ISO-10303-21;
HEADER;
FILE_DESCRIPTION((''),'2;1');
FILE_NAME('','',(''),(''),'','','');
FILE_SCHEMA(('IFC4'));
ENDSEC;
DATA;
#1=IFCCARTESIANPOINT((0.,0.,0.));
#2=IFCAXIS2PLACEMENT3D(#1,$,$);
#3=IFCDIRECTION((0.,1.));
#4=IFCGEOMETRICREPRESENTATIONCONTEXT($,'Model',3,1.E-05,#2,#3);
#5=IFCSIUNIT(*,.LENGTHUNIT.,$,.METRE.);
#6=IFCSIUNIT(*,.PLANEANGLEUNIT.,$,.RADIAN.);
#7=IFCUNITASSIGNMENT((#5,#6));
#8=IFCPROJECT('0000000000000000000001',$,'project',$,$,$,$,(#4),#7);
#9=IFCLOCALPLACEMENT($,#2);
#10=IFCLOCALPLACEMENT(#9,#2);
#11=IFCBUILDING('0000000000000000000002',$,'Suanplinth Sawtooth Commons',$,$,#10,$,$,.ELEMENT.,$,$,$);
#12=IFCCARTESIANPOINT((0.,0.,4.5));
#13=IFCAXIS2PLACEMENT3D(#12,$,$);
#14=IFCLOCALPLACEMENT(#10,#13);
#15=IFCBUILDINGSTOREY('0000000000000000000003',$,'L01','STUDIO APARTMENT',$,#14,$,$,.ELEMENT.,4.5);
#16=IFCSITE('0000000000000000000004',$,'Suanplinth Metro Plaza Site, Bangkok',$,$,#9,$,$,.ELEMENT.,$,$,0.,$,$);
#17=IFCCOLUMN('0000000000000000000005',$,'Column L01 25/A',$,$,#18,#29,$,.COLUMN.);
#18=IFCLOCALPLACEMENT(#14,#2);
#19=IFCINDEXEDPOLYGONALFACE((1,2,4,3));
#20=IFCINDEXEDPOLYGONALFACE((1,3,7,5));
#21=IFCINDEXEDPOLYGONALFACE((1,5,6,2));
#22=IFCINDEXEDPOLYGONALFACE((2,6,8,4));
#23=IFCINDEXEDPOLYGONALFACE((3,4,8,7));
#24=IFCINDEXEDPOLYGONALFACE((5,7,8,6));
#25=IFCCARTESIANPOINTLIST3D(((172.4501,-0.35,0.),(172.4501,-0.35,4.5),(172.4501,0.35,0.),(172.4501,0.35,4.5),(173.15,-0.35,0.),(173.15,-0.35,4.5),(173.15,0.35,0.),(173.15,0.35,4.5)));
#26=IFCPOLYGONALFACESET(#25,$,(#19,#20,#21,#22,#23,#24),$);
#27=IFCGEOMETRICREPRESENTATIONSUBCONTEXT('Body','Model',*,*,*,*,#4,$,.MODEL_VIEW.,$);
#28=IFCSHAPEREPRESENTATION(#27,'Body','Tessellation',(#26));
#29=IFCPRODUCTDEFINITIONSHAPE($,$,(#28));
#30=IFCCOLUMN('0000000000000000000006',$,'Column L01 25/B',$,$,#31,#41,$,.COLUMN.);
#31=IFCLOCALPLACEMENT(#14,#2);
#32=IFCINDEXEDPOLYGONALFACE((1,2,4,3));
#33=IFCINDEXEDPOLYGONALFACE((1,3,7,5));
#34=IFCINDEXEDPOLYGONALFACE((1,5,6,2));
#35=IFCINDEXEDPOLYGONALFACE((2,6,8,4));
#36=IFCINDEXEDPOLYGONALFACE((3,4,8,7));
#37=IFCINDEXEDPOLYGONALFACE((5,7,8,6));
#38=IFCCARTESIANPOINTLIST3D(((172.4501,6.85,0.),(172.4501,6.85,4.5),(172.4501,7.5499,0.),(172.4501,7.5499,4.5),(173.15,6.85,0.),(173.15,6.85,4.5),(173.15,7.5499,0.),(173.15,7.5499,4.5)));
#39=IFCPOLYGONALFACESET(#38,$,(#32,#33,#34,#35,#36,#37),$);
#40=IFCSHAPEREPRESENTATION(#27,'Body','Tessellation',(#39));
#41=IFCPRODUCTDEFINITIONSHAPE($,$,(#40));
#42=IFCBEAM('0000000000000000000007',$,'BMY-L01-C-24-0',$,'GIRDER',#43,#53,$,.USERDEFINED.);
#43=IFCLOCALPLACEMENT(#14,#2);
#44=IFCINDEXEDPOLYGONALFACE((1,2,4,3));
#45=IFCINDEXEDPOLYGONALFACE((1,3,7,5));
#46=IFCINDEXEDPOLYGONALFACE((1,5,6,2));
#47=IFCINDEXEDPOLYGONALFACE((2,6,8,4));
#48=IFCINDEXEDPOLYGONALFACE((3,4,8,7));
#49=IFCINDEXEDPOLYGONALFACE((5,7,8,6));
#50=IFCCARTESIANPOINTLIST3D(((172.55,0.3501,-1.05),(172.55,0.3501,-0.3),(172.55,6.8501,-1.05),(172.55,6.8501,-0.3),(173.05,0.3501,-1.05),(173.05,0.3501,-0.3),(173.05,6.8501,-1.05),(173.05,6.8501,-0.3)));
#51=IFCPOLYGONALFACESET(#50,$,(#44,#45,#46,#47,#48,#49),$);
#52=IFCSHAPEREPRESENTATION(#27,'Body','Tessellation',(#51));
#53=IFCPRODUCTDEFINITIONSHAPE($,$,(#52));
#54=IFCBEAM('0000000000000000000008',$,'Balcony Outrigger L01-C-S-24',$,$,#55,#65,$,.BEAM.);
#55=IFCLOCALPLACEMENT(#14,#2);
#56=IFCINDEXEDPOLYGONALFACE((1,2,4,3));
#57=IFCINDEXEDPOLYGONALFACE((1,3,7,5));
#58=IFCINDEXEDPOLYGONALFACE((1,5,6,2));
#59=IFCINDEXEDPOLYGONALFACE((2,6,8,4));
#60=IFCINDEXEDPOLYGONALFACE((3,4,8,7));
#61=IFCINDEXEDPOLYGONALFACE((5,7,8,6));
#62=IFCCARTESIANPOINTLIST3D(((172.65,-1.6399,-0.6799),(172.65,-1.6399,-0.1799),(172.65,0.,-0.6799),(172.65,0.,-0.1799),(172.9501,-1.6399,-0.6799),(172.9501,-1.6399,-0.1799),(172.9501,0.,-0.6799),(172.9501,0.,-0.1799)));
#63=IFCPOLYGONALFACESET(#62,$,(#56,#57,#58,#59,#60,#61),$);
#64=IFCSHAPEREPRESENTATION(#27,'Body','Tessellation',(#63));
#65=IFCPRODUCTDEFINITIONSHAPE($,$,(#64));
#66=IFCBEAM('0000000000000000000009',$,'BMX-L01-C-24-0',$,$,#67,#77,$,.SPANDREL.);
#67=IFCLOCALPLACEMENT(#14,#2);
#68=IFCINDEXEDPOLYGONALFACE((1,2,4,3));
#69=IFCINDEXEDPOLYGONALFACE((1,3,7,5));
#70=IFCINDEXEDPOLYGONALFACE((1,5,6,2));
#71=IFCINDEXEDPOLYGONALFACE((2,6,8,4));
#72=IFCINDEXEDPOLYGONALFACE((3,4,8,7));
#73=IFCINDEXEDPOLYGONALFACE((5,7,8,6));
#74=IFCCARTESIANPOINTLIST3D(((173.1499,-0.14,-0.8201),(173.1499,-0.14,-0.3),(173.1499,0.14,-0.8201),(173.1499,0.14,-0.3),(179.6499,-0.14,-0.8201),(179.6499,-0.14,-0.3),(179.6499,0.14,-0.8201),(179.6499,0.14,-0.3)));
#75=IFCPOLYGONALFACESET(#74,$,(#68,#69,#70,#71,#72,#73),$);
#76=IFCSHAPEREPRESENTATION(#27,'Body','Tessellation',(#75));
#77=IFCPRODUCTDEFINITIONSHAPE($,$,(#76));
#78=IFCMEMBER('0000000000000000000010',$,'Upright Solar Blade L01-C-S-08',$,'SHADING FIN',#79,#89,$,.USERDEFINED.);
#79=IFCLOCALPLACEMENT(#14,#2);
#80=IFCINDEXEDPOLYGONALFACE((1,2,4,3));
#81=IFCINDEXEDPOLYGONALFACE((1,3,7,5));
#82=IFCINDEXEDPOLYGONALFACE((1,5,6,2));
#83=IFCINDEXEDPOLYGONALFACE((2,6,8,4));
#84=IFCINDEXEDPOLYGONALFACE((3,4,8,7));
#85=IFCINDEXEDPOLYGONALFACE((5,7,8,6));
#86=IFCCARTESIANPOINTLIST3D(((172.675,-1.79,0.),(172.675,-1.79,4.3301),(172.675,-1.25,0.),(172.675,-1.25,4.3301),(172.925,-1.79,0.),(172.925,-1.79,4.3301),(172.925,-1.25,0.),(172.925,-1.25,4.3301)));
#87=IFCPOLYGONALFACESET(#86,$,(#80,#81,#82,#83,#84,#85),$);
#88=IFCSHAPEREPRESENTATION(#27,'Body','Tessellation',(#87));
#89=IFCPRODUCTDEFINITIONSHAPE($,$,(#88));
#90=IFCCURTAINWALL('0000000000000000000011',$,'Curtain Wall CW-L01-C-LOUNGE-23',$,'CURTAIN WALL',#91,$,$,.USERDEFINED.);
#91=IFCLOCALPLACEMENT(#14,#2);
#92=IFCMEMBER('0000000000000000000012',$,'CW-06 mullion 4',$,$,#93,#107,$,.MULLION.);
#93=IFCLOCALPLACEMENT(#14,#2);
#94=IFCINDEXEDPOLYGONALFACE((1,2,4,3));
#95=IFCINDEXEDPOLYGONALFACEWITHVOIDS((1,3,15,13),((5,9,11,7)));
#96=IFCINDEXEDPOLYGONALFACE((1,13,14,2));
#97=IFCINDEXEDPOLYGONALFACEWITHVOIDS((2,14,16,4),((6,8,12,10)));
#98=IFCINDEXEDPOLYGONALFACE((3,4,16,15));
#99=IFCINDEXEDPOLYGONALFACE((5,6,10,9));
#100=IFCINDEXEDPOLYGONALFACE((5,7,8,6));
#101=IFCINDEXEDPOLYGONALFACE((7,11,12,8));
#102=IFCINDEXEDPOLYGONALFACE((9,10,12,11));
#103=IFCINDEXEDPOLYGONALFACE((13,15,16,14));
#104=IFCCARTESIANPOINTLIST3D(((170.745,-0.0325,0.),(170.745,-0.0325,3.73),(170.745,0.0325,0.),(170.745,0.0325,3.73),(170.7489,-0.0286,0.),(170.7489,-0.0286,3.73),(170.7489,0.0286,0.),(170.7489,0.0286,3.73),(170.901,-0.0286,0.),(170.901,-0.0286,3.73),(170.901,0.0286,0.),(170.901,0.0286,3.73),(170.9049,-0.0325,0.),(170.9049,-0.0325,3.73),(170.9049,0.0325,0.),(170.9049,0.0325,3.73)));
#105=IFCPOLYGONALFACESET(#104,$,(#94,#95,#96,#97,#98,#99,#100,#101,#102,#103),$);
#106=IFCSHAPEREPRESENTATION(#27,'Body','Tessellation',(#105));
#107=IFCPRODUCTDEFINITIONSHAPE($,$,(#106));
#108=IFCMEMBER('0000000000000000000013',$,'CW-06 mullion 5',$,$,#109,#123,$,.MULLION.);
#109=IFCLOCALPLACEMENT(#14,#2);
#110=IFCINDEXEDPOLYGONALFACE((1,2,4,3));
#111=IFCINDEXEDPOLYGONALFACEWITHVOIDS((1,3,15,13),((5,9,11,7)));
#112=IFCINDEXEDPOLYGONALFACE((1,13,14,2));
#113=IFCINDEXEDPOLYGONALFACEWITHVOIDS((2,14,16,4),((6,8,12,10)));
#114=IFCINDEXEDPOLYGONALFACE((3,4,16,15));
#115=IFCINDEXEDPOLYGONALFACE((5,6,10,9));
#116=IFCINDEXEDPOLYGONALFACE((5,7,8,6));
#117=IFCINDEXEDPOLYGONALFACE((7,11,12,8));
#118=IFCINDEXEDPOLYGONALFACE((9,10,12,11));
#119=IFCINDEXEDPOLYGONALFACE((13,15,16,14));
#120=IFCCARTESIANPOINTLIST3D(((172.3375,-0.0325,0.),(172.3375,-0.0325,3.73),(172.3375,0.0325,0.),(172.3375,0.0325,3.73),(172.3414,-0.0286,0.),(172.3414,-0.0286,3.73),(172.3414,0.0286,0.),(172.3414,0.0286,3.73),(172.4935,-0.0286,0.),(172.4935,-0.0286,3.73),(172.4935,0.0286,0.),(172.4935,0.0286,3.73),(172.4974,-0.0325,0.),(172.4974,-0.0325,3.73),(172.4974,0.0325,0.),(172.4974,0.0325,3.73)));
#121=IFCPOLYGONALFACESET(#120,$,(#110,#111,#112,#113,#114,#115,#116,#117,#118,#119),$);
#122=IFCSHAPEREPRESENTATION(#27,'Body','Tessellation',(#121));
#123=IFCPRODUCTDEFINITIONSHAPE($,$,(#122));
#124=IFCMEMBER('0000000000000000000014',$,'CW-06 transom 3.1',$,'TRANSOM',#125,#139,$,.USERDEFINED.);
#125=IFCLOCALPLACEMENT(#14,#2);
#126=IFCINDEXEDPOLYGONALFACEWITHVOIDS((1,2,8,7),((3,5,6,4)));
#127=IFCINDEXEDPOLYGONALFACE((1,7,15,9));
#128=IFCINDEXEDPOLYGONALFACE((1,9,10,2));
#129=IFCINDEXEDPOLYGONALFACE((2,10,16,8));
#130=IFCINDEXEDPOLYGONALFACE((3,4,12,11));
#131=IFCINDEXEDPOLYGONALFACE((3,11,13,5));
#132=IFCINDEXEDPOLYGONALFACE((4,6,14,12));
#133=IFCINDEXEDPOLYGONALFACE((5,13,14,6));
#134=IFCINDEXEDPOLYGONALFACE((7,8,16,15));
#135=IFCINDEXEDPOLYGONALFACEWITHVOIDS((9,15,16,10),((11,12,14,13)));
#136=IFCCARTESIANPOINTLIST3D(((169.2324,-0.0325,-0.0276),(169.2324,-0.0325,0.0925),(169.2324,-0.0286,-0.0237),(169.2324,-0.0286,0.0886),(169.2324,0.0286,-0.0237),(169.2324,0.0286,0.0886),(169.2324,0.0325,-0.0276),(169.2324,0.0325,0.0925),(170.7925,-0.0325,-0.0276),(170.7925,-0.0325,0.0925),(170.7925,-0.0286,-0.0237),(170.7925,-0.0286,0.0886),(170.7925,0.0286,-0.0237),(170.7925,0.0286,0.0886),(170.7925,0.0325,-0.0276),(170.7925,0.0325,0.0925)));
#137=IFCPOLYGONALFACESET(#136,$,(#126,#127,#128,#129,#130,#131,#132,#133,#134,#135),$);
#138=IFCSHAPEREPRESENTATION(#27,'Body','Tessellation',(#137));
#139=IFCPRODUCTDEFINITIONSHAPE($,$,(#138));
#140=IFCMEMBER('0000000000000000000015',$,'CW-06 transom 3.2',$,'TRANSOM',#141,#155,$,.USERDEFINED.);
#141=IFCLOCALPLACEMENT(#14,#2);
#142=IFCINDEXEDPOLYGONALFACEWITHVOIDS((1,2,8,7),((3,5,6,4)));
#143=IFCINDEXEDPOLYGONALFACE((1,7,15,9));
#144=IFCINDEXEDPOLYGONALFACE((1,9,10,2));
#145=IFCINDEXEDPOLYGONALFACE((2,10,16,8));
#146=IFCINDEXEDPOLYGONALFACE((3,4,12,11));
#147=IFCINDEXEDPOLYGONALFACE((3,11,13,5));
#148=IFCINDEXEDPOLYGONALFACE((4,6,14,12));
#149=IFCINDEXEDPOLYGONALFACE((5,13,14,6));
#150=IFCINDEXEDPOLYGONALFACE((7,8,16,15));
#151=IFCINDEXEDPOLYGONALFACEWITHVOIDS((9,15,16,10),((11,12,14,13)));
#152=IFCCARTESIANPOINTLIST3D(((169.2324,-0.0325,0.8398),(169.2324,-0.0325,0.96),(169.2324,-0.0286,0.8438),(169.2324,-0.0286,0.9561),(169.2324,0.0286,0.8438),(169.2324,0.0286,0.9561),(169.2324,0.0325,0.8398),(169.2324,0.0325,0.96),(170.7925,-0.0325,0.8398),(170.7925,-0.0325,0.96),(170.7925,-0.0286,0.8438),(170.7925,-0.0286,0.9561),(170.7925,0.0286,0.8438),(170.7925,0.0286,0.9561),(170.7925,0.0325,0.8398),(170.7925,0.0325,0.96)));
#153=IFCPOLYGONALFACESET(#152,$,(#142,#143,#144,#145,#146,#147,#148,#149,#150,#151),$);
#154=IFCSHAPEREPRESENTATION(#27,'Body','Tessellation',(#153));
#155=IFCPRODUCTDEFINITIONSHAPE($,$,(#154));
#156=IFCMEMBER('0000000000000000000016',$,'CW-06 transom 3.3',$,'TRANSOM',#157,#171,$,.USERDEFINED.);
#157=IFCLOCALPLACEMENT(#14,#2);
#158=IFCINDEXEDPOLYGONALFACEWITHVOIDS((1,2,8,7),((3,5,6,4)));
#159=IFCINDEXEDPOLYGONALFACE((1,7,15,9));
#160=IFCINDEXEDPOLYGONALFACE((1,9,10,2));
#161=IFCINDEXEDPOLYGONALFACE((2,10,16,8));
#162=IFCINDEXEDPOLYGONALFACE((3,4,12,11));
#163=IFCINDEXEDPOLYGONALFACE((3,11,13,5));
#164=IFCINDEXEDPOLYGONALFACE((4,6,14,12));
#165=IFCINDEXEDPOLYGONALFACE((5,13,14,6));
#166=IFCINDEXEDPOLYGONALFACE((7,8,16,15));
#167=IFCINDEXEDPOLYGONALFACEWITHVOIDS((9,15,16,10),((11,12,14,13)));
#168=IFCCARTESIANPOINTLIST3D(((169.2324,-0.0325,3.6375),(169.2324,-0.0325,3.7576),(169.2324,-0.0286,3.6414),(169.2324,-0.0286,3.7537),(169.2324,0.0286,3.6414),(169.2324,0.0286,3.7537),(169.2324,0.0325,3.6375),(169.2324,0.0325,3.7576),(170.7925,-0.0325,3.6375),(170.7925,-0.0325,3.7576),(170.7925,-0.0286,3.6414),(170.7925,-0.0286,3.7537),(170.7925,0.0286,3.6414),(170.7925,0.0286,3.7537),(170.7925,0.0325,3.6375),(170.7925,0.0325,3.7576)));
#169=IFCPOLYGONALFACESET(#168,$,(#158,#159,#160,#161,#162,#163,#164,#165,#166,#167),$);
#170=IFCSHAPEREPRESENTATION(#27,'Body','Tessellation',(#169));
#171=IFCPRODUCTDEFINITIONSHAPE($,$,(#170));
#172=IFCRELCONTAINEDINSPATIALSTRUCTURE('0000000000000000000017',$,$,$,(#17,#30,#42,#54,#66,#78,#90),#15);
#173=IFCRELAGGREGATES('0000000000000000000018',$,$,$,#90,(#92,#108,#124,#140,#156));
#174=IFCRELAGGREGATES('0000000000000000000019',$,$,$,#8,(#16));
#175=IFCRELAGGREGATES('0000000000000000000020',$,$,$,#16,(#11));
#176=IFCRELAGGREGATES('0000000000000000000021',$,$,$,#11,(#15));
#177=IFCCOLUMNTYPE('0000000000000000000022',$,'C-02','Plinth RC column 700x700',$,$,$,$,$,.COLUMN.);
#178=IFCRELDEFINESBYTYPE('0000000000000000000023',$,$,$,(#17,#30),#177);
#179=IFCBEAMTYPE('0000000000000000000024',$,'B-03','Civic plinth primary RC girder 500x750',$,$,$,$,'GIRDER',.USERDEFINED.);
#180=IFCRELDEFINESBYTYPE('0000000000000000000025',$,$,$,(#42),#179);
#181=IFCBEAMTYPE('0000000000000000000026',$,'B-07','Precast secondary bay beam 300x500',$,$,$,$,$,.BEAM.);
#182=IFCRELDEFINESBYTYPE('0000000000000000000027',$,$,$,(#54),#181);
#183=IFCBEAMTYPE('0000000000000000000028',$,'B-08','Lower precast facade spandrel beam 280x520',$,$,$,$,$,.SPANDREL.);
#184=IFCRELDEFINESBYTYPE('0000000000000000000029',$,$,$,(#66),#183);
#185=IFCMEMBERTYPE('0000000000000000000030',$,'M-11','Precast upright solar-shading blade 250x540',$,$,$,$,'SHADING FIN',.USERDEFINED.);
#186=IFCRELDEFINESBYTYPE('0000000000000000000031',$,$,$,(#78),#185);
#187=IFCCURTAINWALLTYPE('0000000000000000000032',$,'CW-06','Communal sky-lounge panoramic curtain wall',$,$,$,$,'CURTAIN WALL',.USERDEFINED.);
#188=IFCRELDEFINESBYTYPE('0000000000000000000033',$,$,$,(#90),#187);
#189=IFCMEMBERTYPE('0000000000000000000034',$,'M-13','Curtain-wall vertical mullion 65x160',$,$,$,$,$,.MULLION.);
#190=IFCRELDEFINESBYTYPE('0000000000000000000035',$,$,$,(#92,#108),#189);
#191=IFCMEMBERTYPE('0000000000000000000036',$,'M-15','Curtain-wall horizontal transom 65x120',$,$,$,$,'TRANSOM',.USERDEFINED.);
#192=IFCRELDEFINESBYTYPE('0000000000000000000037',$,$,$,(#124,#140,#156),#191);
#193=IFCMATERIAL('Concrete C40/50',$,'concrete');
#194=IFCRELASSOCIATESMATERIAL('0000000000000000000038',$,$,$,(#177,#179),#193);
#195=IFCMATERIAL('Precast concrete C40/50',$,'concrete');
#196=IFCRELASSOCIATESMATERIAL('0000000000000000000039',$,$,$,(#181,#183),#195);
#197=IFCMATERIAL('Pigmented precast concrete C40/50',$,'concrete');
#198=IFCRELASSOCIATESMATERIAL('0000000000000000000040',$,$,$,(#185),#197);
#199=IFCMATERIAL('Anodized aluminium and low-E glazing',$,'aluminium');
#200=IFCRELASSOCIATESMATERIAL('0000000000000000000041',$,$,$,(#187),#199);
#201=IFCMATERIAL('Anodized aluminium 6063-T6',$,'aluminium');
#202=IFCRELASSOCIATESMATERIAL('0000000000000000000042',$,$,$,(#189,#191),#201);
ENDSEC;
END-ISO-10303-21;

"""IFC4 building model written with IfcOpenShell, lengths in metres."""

from ifc_helpers import new_model, si_unit, direction, frame, origin, origin_2d, place, context, subcontext, project, spatial, rectangle, hollow_rectangle, extrude, material, material_profile, profile_set, type_object, element, aggregate, save


model = new_model("IFC4")

# Units and contexts
model_context = context("Model", 3, precision=1e-05, world=origin(), true_north=direction((0.0, 1.0)))
body_context = subcontext(model_context, "Body", "Model", "MODEL_VIEW")
ifc_project = project(units=[si_unit("LENGTHUNIT", "METRE"), si_unit("PLANEANGLEUNIT", "RADIAN")], contexts=[model_context])

# Site, building, storey
site_placement = place(None, origin())
site = spatial("IfcSite", under=ifc_project, at=site_placement, Name="Suanplinth Metro Plaza Site, Bangkok", CompositionType="ELEMENT", RefElevation=0.0)
building_placement = place(site_placement, origin())
building = spatial("IfcBuilding", under=site, at=building_placement, Name="Suanplinth Sawtooth Commons", CompositionType="ELEMENT")
storey_placement = place(building_placement, frame((0.0, 0.0, 4.5)))
storey = spatial("IfcBuildingStorey", under=building, at=storey_placement, Name="L01", Description="STUDIO APARTMENT", CompositionType="ELEMENT", Elevation=4.5)

# Columns
ifc_material_1 = material(Name="Concrete C40/50", Category="concrete")
ifc_material_profile_1 = material_profile(ifc_material_1, rectangle(XDim=0.7, YDim=0.7, at=origin_2d()), Name="RC-COL 700x700")
ifc_profile_set_1 = profile_set([ifc_material_profile_1], Name="Concrete C40/50")
column_type = type_object("IfcColumnType", Name="C-02", Description="Plinth RC column 700x700", PredefinedType="COLUMN", material=ifc_profile_set_1)
for number, where, z_axis, x_axis, name in (
    (1, (172.8, 0.0, 0.0), (0.0, 0.0, 1.0), (1.0, 0.0, 0.0), "Column L01 25/A"),
    (2, (172.8, 7.2, 0.0), (0.0, 0.0, 1.0), (1.0, 0.0, 0.0), "Column L01 25/B"),
):
    element("IfcColumn", number, at=place(storey_placement, frame(where, z_axis=z_axis, x_axis=x_axis)), inside=storey, type_object=column_type, Name=name, PredefinedType="COLUMN", context=body_context, shape_type="SweptSolid", body=[
        extrude(rectangle(XDim=0.7, YDim=0.7, at=origin_2d()), origin(), (0.0, 0.0, 1.0), 4.5),
    ])

# Beams
ifc_material_profile_2 = material_profile(ifc_material_1, rectangle(XDim=0.5, YDim=0.75, at=origin_2d()), Name="RC-GDR 500x750")
ifc_profile_set_2 = profile_set([ifc_material_profile_2], Name="Concrete C40/50")
beam_type_1 = type_object("IfcBeamType", Name="B-03", Description="Civic plinth primary RC girder 500x750", ElementType="GIRDER", PredefinedType="USERDEFINED", material=ifc_profile_set_2)
beam_1_placement = place(storey_placement, frame((172.8, 0.3501, -0.675), z_axis=(0.0, 1.0, 0.0), x_axis=(-1.0, 0.0, 0.0)))
element("IfcBeam", 3, at=beam_1_placement, inside=storey, type_object=beam_type_1, Name="BMY-L01-C-24-0", ObjectType="GIRDER", PredefinedType="USERDEFINED", context=body_context, shape_type="SweptSolid", body=[
    extrude(rectangle(XDim=0.5, YDim=0.75, at=origin_2d()), origin(), (0.0, 0.0, 1.0), 6.5),
])
ifc_material_2 = material(Name="Precast concrete C40/50", Category="concrete")
ifc_material_profile_3 = material_profile(ifc_material_2, rectangle(XDim=0.3, YDim=0.5, at=origin_2d()), Name="PC-BM 300x500")
ifc_profile_set_3 = profile_set([ifc_material_profile_3], Name="Precast concrete C40/50")
beam_type_2 = type_object("IfcBeamType", Name="B-07", Description="Precast secondary bay beam 300x500", PredefinedType="BEAM", material=ifc_profile_set_3)
beam_2_placement = place(storey_placement, frame((172.8, 0.0, -0.4299), z_axis=(0.0, -1.0, 0.0), x_axis=(1.0, 0.0, 0.0)))
element("IfcBeam", 4, at=beam_2_placement, inside=storey, type_object=beam_type_2, Name="Balcony Outrigger L01-C-S-24", PredefinedType="BEAM", context=body_context, shape_type="SweptSolid", body=[
    extrude(rectangle(XDim=0.3, YDim=0.5, at=origin_2d()), origin(), (0.0, 0.0, 1.0), 1.6399),
])
ifc_material_profile_4 = material_profile(ifc_material_2, rectangle(XDim=0.28, YDim=0.52, at=origin_2d()), Name="PC-SP 280x520")
ifc_profile_set_4 = profile_set([ifc_material_profile_4], Name="Precast concrete C40/50")
beam_type_3 = type_object("IfcBeamType", Name="B-08", Description="Lower precast facade spandrel beam 280x520", PredefinedType="SPANDREL", material=ifc_profile_set_4)
beam_3_placement = place(storey_placement, frame((173.1499, 0.0, -0.5601), z_axis=(1.0, 0.0, 0.0), x_axis=(0.0, 1.0, 0.0)))
element("IfcBeam", 5, at=beam_3_placement, inside=storey, type_object=beam_type_3, Name="BMX-L01-C-24-0", PredefinedType="SPANDREL", context=body_context, shape_type="SweptSolid", body=[
    extrude(rectangle(XDim=0.28, YDim=0.52, at=origin_2d()), origin(), (0.0, 0.0, 1.0), 6.5),
])

# Member
ifc_material_3 = material(Name="Pigmented precast concrete C40/50", Category="concrete")
ifc_material_profile_5 = material_profile(ifc_material_3, rectangle(XDim=0.25, YDim=0.54, at=origin_2d()), Name="PC-FIN 250x540")
ifc_profile_set_5 = profile_set([ifc_material_profile_5], Name="Pigmented precast concrete C40/50")
member_type_1 = type_object("IfcMemberType", Name="M-11", Description="Precast upright solar-shading blade 250x540", ElementType="SHADING FIN", PredefinedType="USERDEFINED", material=ifc_profile_set_5)
member_1_placement = place(storey_placement, frame((172.8, -1.52, 0.0), z_axis=(0.0, 0.0, 1.0), x_axis=(1.0, 0.0, 0.0)))
element("IfcMember", 6, at=member_1_placement, inside=storey, type_object=member_type_1, Name="Upright Solar Blade L01-C-S-08", ObjectType="SHADING FIN", PredefinedType="USERDEFINED", context=body_context, shape_type="SweptSolid", body=[
    extrude(rectangle(XDim=0.25, YDim=0.54, at=origin_2d()), origin(), (0.0, 0.0, 1.0), 4.3301),
])

# Curtain wall, members
ifc_material_4 = material(Name="Anodized aluminium and low-E glazing", Category="aluminium")
curtain_wall_type = type_object("IfcCurtainWallType", Name="CW-06", Description="Communal sky-lounge panoramic curtain wall", ElementType="CURTAIN WALL", PredefinedType="USERDEFINED", material=ifc_material_4)
curtain_wall_placement = place(storey_placement, origin())
curtain_wall = element("IfcCurtainWall", 7, at=curtain_wall_placement, inside=storey, type_object=curtain_wall_type, Name="Curtain Wall CW-L01-C-LOUNGE-23", ObjectType="CURTAIN WALL", PredefinedType="USERDEFINED")
ifc_material_5 = material(Name="Anodized aluminium 6063-T6", Category="aluminium")
ifc_material_profile_6 = material_profile(ifc_material_5, hollow_rectangle(XDim=0.0649, YDim=0.1599, WallThickness=0.0039, at=origin_2d()), Name="ALU-MUL 65x160")
ifc_profile_set_6 = profile_set([ifc_material_profile_6], Name="Anodized aluminium 6063-T6")
member_type_2 = type_object("IfcMemberType", Name="M-13", Description="Curtain-wall vertical mullion 65x160", PredefinedType="MULLION", material=ifc_profile_set_6)
member_2_placement = place(storey_placement, frame((170.825, 0.0, 0.0), z_axis=(0.0, 0.0, 1.0), x_axis=(0.0, 1.0, 0.0)))
member_2 = element("IfcMember", 8, at=member_2_placement, type_object=member_type_2, Name="CW-06 mullion 4", PredefinedType="MULLION", context=body_context, shape_type="SweptSolid", body=[
    extrude(hollow_rectangle(XDim=0.0649, YDim=0.1599, WallThickness=0.0039, at=origin_2d()), origin(), (0.0, 0.0, 1.0), 3.73),
])
member_3_placement = place(storey_placement, frame((172.4175, 0.0, 0.0), z_axis=(0.0, 0.0, 1.0), x_axis=(0.0, 1.0, 0.0)))
member_3 = element("IfcMember", 9, at=member_3_placement, type_object=member_type_2, Name="CW-06 mullion 5", PredefinedType="MULLION", context=body_context, shape_type="SweptSolid", body=[
    extrude(hollow_rectangle(XDim=0.0649, YDim=0.1599, WallThickness=0.0039, at=origin_2d()), origin(), (0.0, 0.0, 1.0), 3.73),
])
ifc_material_profile_7 = material_profile(ifc_material_5, hollow_rectangle(XDim=0.0649, YDim=0.1201, WallThickness=0.0039, at=origin_2d()), Name="ALU-TRN 65x120")
ifc_profile_set_7 = profile_set([ifc_material_profile_7], Name="Anodized aluminium 6063-T6")
member_type_3 = type_object("IfcMemberType", Name="M-15", Description="Curtain-wall horizontal transom 65x120", ElementType="TRANSOM", PredefinedType="USERDEFINED", material=ifc_profile_set_7)
member_4_placement = place(storey_placement, frame((169.2324, 0.0, 0.0325), z_axis=(1.0, 0.0, 0.0), x_axis=(0.0, 1.0, 0.0)))
member_4 = element("IfcMember", 10, at=member_4_placement, type_object=member_type_3, Name="CW-06 transom 3.1", ObjectType="TRANSOM", PredefinedType="USERDEFINED", context=body_context, shape_type="SweptSolid", body=[
    extrude(hollow_rectangle(XDim=0.0649, YDim=0.1201, WallThickness=0.0039, at=origin_2d()), origin(), (0.0, 0.0, 1.0), 1.5601),
])
member_5_placement = place(storey_placement, frame((169.2324, 0.0, 0.8999), z_axis=(1.0, 0.0, 0.0), x_axis=(0.0, 1.0, 0.0)))
member_5 = element("IfcMember", 11, at=member_5_placement, type_object=member_type_3, Name="CW-06 transom 3.2", ObjectType="TRANSOM", PredefinedType="USERDEFINED", context=body_context, shape_type="SweptSolid", body=[
    extrude(hollow_rectangle(XDim=0.0649, YDim=0.1201, WallThickness=0.0039, at=origin_2d()), origin(), (0.0, 0.0, 1.0), 1.5601),
])
member_6_placement = place(storey_placement, frame((169.2324, 0.0, 3.6975), z_axis=(1.0, 0.0, 0.0), x_axis=(0.0, 1.0, 0.0)))
member_6 = element("IfcMember", 12, at=member_6_placement, type_object=member_type_3, Name="CW-06 transom 3.3", ObjectType="TRANSOM", PredefinedType="USERDEFINED", context=body_context, shape_type="SweptSolid", body=[
    extrude(hollow_rectangle(XDim=0.0649, YDim=0.1201, WallThickness=0.0039, at=origin_2d()), origin(), (0.0, 0.0, 1.0), 1.5601),
])
aggregate(curtain_wall, [member_2, member_3, member_4, member_5, member_6])

save(model, "model.ifc")
